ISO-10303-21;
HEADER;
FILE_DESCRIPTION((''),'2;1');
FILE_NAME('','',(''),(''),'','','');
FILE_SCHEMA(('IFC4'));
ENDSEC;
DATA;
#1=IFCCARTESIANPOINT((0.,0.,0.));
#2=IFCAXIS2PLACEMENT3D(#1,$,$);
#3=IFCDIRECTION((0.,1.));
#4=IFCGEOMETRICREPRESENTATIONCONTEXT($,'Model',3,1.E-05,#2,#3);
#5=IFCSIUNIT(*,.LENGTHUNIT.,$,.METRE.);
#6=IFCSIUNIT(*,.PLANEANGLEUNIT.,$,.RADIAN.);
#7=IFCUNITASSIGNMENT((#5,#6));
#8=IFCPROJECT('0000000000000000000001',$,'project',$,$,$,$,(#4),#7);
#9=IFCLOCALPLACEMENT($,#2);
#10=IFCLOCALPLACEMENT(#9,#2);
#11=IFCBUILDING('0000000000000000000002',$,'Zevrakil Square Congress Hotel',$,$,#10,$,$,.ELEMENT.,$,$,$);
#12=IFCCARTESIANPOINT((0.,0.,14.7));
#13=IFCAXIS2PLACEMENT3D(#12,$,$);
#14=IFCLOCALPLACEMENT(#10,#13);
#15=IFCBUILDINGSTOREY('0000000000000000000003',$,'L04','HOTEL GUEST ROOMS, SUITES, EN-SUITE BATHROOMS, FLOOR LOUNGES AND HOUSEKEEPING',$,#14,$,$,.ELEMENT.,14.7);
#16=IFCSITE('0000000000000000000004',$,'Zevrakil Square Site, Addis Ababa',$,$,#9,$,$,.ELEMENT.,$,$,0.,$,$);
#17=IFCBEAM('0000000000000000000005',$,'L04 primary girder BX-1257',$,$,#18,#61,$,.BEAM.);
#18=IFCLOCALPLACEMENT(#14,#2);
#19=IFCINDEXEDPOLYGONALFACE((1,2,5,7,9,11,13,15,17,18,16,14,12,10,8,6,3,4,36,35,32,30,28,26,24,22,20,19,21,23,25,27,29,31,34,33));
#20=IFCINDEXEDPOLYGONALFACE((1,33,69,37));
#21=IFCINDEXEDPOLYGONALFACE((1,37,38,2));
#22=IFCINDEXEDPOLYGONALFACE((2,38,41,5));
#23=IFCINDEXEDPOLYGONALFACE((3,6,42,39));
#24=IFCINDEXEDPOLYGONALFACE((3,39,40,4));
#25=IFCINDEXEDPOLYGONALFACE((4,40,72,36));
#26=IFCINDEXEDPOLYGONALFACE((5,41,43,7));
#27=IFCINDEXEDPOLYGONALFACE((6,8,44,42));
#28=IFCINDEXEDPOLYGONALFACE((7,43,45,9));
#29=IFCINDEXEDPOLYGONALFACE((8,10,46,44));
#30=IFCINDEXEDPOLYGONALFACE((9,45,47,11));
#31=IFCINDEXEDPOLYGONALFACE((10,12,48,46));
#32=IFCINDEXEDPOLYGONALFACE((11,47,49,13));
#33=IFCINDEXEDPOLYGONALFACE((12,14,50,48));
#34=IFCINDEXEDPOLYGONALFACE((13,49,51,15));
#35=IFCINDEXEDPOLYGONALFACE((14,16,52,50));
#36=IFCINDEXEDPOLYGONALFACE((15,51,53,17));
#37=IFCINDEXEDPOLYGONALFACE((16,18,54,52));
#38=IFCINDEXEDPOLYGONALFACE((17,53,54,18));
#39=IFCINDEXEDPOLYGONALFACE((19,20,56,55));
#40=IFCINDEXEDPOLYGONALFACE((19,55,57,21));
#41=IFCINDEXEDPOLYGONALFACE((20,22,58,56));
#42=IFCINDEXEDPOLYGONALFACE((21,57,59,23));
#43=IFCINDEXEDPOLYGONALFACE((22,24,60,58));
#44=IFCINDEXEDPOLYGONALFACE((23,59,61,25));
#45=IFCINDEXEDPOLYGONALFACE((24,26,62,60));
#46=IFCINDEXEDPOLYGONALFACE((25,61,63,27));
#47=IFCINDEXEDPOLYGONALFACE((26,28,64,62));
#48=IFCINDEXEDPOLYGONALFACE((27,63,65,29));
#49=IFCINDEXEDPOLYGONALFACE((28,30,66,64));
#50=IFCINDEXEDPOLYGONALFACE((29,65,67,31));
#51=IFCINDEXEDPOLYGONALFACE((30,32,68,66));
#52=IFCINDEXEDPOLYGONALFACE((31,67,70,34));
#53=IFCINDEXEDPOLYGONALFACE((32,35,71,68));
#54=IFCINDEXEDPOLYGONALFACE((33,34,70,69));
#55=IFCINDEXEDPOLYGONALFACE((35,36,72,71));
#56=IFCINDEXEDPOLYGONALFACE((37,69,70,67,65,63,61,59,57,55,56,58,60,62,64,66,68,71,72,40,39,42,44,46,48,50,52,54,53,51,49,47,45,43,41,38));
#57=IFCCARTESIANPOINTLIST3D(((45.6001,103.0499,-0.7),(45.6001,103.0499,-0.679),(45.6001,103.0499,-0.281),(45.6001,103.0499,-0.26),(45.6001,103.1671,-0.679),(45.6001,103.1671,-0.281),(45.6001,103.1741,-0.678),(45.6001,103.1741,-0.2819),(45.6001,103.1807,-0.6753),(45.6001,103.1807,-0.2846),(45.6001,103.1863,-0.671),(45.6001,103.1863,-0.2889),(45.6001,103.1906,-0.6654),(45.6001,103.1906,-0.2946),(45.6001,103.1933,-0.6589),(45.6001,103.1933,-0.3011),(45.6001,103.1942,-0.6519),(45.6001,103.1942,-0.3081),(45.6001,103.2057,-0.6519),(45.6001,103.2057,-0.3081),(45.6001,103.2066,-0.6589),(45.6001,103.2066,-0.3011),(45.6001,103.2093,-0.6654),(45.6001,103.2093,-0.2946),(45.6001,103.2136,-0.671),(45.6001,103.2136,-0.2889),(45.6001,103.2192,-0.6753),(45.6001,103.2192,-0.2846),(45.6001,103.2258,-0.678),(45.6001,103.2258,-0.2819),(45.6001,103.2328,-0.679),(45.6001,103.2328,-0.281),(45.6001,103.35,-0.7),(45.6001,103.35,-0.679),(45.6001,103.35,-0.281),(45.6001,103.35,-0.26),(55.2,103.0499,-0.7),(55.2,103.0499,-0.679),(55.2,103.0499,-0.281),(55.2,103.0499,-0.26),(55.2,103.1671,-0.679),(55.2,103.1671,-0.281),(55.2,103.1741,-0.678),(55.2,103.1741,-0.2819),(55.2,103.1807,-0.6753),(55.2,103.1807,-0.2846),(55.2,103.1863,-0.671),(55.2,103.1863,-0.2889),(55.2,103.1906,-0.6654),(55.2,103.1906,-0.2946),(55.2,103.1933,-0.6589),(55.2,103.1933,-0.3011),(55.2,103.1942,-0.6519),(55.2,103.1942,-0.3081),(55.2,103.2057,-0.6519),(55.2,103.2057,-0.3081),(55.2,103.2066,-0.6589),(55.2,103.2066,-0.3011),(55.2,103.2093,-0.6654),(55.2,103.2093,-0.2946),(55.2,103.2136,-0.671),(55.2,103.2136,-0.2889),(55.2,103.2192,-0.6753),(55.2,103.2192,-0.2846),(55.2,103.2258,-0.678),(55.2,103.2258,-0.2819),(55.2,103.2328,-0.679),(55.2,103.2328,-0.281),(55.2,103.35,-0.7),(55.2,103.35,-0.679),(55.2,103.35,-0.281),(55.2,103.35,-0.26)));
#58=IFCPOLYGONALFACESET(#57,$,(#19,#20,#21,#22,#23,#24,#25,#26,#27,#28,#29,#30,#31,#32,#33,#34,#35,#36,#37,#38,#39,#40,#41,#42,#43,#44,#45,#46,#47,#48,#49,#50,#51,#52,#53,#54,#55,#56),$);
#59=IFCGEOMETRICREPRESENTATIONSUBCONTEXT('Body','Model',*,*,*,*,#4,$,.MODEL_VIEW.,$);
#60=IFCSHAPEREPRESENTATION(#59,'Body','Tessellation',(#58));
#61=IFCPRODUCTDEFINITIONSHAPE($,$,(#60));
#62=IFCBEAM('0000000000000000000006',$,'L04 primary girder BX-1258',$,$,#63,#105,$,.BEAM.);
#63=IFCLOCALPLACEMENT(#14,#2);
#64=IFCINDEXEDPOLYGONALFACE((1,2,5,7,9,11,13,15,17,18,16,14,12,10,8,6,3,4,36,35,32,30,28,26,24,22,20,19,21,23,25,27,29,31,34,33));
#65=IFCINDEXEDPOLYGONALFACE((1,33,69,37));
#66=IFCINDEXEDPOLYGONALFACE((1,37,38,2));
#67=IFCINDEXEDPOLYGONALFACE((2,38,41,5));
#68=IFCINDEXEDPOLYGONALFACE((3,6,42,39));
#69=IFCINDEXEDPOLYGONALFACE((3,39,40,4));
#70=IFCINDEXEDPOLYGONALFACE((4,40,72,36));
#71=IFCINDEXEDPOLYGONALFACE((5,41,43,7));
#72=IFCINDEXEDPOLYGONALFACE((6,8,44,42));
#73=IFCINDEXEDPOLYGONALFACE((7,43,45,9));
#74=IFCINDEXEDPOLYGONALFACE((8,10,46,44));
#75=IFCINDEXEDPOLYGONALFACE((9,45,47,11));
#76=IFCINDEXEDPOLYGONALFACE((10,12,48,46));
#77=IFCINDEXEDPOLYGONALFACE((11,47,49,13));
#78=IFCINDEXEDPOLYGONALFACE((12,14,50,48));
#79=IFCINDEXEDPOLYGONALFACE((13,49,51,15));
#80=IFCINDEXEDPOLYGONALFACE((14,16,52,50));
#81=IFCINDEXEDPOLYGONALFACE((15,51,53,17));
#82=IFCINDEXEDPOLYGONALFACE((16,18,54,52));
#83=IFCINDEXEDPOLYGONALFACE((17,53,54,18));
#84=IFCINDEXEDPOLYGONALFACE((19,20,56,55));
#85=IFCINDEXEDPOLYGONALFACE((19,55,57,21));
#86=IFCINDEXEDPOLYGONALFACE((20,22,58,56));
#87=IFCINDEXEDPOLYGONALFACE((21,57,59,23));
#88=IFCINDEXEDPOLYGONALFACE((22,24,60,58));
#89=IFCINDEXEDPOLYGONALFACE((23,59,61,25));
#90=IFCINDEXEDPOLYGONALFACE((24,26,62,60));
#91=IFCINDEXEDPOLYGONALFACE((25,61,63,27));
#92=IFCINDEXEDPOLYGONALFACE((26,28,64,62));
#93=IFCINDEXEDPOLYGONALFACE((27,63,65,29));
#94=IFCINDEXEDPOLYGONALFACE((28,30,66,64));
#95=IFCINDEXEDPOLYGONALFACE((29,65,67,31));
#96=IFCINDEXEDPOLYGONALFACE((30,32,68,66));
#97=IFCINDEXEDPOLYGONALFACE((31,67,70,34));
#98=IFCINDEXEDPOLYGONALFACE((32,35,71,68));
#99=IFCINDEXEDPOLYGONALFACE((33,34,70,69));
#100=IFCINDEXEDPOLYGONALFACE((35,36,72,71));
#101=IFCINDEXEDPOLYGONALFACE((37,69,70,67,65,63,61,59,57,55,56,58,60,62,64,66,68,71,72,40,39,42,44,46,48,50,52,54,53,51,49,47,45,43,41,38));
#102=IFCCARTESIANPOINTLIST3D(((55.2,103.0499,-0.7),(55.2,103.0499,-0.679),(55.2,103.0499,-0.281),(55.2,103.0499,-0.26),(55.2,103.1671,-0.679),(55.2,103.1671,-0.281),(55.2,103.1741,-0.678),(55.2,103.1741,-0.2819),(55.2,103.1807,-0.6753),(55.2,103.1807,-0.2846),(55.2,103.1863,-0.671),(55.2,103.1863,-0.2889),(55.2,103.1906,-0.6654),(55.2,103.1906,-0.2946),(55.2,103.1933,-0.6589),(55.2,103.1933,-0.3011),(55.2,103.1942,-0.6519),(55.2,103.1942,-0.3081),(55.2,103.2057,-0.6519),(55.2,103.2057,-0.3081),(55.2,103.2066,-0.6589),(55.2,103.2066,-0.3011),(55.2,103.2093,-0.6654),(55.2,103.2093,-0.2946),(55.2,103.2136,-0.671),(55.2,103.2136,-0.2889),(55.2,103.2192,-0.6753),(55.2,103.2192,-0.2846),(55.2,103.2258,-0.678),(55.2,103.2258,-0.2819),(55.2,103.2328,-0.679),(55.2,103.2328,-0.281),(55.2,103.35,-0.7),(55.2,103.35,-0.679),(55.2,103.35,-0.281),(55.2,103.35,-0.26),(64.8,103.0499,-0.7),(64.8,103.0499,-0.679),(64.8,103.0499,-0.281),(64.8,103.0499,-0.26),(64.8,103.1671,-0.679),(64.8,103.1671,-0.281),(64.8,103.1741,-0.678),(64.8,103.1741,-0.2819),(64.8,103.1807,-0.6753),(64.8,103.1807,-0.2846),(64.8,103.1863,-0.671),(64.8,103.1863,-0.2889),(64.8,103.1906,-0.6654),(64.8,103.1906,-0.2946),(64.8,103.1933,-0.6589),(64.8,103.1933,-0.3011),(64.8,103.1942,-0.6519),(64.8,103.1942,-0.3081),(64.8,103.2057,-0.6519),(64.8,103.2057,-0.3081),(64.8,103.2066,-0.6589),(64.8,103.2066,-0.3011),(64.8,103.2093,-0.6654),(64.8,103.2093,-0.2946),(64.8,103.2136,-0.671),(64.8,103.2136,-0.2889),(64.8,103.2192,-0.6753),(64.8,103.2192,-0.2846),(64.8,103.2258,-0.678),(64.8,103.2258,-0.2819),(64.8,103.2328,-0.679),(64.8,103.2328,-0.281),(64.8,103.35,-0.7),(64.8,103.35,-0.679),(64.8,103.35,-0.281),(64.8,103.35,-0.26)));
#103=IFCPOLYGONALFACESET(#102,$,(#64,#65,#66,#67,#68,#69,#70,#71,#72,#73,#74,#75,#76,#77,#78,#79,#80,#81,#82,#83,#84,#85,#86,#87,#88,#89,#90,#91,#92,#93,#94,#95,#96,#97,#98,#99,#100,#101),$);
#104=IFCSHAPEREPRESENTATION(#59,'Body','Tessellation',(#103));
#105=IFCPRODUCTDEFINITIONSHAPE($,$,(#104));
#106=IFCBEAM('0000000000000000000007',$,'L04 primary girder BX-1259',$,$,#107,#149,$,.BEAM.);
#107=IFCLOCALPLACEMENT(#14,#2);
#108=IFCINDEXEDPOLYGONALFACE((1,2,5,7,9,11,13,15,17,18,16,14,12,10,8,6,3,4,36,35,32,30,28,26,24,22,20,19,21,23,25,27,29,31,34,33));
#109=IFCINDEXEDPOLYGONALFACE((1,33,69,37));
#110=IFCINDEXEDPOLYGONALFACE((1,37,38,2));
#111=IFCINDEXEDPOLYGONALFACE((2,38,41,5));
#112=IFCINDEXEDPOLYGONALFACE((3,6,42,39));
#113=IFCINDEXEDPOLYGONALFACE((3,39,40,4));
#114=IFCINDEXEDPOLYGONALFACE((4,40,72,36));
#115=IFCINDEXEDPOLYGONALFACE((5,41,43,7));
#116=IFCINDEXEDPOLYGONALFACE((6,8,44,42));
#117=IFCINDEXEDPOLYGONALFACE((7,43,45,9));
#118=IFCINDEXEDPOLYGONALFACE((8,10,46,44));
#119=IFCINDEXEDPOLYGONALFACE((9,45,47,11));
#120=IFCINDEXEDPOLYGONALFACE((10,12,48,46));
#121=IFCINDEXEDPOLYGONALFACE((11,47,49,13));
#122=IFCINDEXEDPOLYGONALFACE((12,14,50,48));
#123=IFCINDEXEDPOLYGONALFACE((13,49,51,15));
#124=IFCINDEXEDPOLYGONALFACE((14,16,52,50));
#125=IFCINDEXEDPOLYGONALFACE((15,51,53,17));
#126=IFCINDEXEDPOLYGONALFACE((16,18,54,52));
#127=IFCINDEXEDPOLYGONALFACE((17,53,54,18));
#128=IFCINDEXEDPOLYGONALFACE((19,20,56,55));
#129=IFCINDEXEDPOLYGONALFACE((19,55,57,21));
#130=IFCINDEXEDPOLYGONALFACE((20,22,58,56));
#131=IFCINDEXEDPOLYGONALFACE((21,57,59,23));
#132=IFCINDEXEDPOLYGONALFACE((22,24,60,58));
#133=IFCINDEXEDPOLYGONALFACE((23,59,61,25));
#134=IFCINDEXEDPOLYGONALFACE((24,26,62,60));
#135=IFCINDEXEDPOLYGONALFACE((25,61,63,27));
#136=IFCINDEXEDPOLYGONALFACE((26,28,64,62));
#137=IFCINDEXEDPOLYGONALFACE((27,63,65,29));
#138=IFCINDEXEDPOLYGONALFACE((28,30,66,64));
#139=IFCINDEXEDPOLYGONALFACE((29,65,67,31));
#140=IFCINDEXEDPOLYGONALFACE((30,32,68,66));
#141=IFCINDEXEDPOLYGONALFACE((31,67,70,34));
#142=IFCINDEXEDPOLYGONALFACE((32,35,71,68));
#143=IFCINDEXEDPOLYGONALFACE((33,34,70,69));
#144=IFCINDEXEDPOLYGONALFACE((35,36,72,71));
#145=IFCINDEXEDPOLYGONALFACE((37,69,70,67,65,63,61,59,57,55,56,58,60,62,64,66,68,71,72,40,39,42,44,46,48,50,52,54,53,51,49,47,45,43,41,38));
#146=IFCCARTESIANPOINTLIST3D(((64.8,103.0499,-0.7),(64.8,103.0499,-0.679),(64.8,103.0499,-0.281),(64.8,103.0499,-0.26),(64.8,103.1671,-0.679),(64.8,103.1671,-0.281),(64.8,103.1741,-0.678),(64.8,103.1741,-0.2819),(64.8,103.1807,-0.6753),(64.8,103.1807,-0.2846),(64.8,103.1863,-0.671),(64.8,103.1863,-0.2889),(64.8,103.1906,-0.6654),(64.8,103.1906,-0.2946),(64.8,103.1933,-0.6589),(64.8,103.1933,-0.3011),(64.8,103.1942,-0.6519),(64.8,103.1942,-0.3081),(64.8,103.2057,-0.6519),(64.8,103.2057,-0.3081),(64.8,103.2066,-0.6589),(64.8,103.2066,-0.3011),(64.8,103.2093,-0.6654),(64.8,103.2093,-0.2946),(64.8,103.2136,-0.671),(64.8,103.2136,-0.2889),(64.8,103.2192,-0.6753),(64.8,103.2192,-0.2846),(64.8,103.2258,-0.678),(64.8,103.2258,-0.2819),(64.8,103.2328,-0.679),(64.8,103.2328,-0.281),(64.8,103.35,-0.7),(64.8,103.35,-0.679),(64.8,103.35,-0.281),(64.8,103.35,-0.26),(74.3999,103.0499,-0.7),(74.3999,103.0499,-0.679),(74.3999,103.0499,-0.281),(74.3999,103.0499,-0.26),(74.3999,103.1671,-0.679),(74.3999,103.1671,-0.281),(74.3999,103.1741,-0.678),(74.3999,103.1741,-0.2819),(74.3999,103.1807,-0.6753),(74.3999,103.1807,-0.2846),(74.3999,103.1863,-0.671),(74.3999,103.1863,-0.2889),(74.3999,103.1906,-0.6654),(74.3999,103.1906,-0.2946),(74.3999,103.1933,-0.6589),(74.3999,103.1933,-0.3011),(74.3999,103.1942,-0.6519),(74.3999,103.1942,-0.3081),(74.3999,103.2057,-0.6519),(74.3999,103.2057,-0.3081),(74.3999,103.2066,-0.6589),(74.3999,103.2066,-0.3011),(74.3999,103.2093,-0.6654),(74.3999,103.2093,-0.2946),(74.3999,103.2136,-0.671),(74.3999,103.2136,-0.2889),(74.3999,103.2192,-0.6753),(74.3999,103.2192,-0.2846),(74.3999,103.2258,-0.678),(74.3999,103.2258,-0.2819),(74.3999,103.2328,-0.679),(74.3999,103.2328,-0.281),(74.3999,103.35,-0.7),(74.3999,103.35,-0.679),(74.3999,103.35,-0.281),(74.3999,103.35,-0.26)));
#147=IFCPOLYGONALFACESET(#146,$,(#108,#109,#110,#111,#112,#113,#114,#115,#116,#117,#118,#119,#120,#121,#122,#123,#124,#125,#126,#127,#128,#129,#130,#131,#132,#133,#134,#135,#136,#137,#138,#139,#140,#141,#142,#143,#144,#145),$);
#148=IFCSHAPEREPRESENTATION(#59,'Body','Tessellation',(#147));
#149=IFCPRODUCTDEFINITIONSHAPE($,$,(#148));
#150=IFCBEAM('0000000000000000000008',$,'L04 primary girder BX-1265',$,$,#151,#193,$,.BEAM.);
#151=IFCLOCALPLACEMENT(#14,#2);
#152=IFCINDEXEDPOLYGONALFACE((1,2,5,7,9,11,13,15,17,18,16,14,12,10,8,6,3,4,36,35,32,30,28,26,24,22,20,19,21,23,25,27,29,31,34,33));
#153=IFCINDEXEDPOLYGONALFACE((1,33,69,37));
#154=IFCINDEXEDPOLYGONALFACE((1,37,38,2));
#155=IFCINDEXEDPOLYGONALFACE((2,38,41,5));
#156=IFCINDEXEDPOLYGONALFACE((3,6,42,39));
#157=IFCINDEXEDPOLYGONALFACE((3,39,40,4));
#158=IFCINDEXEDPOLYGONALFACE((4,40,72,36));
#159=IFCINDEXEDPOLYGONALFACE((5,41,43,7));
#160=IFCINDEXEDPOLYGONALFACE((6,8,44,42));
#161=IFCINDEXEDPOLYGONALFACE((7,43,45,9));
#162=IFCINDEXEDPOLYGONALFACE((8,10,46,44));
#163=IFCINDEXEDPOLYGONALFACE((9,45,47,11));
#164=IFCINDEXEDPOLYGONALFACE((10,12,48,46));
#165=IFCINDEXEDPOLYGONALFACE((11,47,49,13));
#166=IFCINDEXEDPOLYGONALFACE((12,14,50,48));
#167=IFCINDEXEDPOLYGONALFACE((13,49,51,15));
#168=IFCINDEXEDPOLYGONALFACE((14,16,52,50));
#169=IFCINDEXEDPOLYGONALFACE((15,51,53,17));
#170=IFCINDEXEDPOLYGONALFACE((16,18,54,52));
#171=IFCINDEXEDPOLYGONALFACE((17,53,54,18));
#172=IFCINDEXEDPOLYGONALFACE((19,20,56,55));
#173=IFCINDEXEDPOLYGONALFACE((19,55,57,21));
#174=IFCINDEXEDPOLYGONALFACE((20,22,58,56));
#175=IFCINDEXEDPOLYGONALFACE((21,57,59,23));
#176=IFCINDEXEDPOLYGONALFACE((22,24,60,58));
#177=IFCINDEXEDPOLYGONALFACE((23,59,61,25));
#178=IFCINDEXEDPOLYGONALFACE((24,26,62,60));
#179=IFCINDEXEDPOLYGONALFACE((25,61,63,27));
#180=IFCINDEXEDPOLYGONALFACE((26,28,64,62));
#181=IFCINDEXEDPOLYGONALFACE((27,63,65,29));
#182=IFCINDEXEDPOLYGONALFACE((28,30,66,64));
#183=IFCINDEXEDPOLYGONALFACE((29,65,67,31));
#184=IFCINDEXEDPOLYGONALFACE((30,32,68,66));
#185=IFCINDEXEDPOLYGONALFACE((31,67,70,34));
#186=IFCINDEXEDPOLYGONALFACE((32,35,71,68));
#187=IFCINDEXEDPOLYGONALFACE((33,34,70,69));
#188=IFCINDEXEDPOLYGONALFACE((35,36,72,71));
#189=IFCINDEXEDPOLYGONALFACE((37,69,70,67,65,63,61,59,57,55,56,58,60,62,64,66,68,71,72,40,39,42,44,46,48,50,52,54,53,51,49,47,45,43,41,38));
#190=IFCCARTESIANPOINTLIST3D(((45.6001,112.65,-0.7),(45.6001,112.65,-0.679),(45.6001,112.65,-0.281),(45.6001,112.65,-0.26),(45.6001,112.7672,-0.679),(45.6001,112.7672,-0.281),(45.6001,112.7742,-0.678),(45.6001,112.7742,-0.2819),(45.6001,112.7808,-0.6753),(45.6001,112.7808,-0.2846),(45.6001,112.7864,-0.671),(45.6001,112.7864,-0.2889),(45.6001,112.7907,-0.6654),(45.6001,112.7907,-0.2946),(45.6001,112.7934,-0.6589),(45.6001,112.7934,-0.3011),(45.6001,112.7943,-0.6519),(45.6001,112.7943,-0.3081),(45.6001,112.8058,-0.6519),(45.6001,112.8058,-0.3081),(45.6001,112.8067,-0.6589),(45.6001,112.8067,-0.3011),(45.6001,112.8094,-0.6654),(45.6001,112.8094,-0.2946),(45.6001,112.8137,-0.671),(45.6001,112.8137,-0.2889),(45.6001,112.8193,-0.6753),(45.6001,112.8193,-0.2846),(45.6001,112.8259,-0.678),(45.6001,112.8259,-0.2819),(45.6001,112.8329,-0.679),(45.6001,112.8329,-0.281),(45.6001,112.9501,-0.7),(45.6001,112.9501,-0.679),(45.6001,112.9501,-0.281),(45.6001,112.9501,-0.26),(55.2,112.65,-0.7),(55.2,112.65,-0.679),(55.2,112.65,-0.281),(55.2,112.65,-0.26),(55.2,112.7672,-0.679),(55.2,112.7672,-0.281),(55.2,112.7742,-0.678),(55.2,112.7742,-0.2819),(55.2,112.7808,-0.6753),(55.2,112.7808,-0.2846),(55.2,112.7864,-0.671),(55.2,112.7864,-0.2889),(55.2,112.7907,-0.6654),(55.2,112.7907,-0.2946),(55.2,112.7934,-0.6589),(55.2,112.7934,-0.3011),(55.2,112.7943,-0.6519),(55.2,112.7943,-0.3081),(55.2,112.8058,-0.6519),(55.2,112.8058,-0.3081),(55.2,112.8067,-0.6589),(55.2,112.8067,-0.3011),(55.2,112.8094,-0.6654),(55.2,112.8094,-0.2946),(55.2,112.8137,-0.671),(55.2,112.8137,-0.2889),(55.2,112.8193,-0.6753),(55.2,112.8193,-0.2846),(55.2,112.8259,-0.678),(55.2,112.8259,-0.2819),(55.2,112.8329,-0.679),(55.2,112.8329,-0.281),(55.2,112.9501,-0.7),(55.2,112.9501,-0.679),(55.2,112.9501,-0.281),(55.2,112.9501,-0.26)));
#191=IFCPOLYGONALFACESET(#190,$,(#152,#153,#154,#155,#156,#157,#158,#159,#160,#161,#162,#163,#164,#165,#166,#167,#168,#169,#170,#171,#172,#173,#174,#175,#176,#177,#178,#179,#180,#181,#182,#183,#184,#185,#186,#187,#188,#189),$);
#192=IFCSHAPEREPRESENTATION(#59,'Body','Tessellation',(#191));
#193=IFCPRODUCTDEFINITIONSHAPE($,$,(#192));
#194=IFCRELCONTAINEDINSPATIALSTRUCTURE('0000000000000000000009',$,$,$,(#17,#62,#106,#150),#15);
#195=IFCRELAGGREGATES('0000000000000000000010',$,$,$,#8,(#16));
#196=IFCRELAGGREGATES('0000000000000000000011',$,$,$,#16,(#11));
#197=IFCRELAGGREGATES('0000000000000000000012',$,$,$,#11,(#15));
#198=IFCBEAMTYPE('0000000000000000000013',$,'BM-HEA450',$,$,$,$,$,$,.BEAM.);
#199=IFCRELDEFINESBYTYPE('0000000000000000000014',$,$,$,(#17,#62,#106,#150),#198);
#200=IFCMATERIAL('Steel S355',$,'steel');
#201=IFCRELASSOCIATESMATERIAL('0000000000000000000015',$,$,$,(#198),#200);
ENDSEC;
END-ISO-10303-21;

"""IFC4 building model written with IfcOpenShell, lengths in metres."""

from ifc_helpers import new_model, si_unit, direction, frame, origin, origin_2d, place, context, subcontext, project, spatial, i_section, extrude, material, material_profile, profile_set, type_object, element, save


model = new_model("IFC4")

# Units and contexts
model_context = context("Model", 3, precision=1e-05, world=origin(), true_north=direction((0.0, 1.0)))
body_context = subcontext(model_context, "Body", "Model", "MODEL_VIEW")
ifc_project = project(units=[si_unit("LENGTHUNIT", "METRE"), si_unit("PLANEANGLEUNIT", "RADIAN")], contexts=[model_context])

# Site, building, storey
site_placement = place(None, origin())
site = spatial("IfcSite", under=ifc_project, at=site_placement, Name="Zevrakil Square Site, Addis Ababa", CompositionType="ELEMENT", RefElevation=0.0)
building_placement = place(site_placement, origin())
building = spatial("IfcBuilding", under=site, at=building_placement, Name="Zevrakil Square Congress Hotel", CompositionType="ELEMENT")
storey_placement = place(building_placement, frame((0.0, 0.0, 14.7)))
storey = spatial("IfcBuildingStorey", under=building, at=storey_placement, Name="L04", Description="HOTEL GUEST ROOMS, SUITES, EN-SUITE BATHROOMS, FLOOR LOUNGES AND HOUSEKEEPING", CompositionType="ELEMENT", Elevation=14.7)

# Beams
ifc_material_1 = material(Name="Steel S355", Category="steel")
ifc_material_profile_1 = material_profile(ifc_material_1, i_section(OverallWidth=0.3, OverallDepth=0.4399, WebThickness=0.0115, FlangeThickness=0.021, FilletRadius=0.0271, at=origin_2d()), Name="HEA 450")
ifc_profile_set_1 = profile_set([ifc_material_profile_1], Name="Steel S355")
beam_type_1 = type_object("IfcBeamType", Name="BM-HEA450", PredefinedType="BEAM", material=ifc_profile_set_1)
beam_1_placement = place(storey_placement, frame((45.6001, 103.2, -0.48), z_axis=(1.0, 0.0, 0.0), x_axis=(0.0, 1.0, 0.0)))
element("IfcBeam", 1, at=beam_1_placement, inside=storey, type_object=beam_type_1, Name="L04 primary girder BX-1257", PredefinedType="BEAM", context=body_context, shape_type="SweptSolid", body=[
    extrude(i_section(OverallWidth=0.3, OverallDepth=0.4399, WebThickness=0.0115, FlangeThickness=0.021, FilletRadius=0.0271, at=origin_2d()), origin(), (0.0, 0.0, 1.0), 9.5999),
])
beam_2_placement = place(storey_placement, frame((55.2, 103.2, -0.48), z_axis=(1.0, 0.0, 0.0), x_axis=(0.0, 1.0, 0.0)))
element("IfcBeam", 2, at=beam_2_placement, inside=storey, type_object=beam_type_1, Name="L04 primary girder BX-1258", PredefinedType="BEAM", context=body_context, shape_type="SweptSolid", body=[
    extrude(i_section(OverallWidth=0.3, OverallDepth=0.4399, WebThickness=0.0115, FlangeThickness=0.021, FilletRadius=0.0271, at=origin_2d()), origin(), (0.0, 0.0, 1.0), 9.6001),
])
for number, where, z_axis, x_axis, name in (
    (3, (64.8, 103.2, -0.48), (1.0, 0.0, 0.0), (0.0, 1.0, 0.0), "L04 primary girder BX-1259"),
    (4, (45.6001, 112.8, -0.48), (1.0, 0.0, 0.0), (0.0, 1.0, 0.0), "L04 primary girder BX-1265"),
):
    element("IfcBeam", number, at=place(storey_placement, frame(where, z_axis=z_axis, x_axis=x_axis)), inside=storey, type_object=beam_type_1, Name=name, PredefinedType="BEAM", context=body_context, shape_type="SweptSolid", body=[
        extrude(i_section(OverallWidth=0.3, OverallDepth=0.4399, WebThickness=0.0115, FlangeThickness=0.021, FilletRadius=0.0271, at=origin_2d()), origin(), (0.0, 0.0, 1.0), 9.5999),
    ])

save(model, "model.ifc")
